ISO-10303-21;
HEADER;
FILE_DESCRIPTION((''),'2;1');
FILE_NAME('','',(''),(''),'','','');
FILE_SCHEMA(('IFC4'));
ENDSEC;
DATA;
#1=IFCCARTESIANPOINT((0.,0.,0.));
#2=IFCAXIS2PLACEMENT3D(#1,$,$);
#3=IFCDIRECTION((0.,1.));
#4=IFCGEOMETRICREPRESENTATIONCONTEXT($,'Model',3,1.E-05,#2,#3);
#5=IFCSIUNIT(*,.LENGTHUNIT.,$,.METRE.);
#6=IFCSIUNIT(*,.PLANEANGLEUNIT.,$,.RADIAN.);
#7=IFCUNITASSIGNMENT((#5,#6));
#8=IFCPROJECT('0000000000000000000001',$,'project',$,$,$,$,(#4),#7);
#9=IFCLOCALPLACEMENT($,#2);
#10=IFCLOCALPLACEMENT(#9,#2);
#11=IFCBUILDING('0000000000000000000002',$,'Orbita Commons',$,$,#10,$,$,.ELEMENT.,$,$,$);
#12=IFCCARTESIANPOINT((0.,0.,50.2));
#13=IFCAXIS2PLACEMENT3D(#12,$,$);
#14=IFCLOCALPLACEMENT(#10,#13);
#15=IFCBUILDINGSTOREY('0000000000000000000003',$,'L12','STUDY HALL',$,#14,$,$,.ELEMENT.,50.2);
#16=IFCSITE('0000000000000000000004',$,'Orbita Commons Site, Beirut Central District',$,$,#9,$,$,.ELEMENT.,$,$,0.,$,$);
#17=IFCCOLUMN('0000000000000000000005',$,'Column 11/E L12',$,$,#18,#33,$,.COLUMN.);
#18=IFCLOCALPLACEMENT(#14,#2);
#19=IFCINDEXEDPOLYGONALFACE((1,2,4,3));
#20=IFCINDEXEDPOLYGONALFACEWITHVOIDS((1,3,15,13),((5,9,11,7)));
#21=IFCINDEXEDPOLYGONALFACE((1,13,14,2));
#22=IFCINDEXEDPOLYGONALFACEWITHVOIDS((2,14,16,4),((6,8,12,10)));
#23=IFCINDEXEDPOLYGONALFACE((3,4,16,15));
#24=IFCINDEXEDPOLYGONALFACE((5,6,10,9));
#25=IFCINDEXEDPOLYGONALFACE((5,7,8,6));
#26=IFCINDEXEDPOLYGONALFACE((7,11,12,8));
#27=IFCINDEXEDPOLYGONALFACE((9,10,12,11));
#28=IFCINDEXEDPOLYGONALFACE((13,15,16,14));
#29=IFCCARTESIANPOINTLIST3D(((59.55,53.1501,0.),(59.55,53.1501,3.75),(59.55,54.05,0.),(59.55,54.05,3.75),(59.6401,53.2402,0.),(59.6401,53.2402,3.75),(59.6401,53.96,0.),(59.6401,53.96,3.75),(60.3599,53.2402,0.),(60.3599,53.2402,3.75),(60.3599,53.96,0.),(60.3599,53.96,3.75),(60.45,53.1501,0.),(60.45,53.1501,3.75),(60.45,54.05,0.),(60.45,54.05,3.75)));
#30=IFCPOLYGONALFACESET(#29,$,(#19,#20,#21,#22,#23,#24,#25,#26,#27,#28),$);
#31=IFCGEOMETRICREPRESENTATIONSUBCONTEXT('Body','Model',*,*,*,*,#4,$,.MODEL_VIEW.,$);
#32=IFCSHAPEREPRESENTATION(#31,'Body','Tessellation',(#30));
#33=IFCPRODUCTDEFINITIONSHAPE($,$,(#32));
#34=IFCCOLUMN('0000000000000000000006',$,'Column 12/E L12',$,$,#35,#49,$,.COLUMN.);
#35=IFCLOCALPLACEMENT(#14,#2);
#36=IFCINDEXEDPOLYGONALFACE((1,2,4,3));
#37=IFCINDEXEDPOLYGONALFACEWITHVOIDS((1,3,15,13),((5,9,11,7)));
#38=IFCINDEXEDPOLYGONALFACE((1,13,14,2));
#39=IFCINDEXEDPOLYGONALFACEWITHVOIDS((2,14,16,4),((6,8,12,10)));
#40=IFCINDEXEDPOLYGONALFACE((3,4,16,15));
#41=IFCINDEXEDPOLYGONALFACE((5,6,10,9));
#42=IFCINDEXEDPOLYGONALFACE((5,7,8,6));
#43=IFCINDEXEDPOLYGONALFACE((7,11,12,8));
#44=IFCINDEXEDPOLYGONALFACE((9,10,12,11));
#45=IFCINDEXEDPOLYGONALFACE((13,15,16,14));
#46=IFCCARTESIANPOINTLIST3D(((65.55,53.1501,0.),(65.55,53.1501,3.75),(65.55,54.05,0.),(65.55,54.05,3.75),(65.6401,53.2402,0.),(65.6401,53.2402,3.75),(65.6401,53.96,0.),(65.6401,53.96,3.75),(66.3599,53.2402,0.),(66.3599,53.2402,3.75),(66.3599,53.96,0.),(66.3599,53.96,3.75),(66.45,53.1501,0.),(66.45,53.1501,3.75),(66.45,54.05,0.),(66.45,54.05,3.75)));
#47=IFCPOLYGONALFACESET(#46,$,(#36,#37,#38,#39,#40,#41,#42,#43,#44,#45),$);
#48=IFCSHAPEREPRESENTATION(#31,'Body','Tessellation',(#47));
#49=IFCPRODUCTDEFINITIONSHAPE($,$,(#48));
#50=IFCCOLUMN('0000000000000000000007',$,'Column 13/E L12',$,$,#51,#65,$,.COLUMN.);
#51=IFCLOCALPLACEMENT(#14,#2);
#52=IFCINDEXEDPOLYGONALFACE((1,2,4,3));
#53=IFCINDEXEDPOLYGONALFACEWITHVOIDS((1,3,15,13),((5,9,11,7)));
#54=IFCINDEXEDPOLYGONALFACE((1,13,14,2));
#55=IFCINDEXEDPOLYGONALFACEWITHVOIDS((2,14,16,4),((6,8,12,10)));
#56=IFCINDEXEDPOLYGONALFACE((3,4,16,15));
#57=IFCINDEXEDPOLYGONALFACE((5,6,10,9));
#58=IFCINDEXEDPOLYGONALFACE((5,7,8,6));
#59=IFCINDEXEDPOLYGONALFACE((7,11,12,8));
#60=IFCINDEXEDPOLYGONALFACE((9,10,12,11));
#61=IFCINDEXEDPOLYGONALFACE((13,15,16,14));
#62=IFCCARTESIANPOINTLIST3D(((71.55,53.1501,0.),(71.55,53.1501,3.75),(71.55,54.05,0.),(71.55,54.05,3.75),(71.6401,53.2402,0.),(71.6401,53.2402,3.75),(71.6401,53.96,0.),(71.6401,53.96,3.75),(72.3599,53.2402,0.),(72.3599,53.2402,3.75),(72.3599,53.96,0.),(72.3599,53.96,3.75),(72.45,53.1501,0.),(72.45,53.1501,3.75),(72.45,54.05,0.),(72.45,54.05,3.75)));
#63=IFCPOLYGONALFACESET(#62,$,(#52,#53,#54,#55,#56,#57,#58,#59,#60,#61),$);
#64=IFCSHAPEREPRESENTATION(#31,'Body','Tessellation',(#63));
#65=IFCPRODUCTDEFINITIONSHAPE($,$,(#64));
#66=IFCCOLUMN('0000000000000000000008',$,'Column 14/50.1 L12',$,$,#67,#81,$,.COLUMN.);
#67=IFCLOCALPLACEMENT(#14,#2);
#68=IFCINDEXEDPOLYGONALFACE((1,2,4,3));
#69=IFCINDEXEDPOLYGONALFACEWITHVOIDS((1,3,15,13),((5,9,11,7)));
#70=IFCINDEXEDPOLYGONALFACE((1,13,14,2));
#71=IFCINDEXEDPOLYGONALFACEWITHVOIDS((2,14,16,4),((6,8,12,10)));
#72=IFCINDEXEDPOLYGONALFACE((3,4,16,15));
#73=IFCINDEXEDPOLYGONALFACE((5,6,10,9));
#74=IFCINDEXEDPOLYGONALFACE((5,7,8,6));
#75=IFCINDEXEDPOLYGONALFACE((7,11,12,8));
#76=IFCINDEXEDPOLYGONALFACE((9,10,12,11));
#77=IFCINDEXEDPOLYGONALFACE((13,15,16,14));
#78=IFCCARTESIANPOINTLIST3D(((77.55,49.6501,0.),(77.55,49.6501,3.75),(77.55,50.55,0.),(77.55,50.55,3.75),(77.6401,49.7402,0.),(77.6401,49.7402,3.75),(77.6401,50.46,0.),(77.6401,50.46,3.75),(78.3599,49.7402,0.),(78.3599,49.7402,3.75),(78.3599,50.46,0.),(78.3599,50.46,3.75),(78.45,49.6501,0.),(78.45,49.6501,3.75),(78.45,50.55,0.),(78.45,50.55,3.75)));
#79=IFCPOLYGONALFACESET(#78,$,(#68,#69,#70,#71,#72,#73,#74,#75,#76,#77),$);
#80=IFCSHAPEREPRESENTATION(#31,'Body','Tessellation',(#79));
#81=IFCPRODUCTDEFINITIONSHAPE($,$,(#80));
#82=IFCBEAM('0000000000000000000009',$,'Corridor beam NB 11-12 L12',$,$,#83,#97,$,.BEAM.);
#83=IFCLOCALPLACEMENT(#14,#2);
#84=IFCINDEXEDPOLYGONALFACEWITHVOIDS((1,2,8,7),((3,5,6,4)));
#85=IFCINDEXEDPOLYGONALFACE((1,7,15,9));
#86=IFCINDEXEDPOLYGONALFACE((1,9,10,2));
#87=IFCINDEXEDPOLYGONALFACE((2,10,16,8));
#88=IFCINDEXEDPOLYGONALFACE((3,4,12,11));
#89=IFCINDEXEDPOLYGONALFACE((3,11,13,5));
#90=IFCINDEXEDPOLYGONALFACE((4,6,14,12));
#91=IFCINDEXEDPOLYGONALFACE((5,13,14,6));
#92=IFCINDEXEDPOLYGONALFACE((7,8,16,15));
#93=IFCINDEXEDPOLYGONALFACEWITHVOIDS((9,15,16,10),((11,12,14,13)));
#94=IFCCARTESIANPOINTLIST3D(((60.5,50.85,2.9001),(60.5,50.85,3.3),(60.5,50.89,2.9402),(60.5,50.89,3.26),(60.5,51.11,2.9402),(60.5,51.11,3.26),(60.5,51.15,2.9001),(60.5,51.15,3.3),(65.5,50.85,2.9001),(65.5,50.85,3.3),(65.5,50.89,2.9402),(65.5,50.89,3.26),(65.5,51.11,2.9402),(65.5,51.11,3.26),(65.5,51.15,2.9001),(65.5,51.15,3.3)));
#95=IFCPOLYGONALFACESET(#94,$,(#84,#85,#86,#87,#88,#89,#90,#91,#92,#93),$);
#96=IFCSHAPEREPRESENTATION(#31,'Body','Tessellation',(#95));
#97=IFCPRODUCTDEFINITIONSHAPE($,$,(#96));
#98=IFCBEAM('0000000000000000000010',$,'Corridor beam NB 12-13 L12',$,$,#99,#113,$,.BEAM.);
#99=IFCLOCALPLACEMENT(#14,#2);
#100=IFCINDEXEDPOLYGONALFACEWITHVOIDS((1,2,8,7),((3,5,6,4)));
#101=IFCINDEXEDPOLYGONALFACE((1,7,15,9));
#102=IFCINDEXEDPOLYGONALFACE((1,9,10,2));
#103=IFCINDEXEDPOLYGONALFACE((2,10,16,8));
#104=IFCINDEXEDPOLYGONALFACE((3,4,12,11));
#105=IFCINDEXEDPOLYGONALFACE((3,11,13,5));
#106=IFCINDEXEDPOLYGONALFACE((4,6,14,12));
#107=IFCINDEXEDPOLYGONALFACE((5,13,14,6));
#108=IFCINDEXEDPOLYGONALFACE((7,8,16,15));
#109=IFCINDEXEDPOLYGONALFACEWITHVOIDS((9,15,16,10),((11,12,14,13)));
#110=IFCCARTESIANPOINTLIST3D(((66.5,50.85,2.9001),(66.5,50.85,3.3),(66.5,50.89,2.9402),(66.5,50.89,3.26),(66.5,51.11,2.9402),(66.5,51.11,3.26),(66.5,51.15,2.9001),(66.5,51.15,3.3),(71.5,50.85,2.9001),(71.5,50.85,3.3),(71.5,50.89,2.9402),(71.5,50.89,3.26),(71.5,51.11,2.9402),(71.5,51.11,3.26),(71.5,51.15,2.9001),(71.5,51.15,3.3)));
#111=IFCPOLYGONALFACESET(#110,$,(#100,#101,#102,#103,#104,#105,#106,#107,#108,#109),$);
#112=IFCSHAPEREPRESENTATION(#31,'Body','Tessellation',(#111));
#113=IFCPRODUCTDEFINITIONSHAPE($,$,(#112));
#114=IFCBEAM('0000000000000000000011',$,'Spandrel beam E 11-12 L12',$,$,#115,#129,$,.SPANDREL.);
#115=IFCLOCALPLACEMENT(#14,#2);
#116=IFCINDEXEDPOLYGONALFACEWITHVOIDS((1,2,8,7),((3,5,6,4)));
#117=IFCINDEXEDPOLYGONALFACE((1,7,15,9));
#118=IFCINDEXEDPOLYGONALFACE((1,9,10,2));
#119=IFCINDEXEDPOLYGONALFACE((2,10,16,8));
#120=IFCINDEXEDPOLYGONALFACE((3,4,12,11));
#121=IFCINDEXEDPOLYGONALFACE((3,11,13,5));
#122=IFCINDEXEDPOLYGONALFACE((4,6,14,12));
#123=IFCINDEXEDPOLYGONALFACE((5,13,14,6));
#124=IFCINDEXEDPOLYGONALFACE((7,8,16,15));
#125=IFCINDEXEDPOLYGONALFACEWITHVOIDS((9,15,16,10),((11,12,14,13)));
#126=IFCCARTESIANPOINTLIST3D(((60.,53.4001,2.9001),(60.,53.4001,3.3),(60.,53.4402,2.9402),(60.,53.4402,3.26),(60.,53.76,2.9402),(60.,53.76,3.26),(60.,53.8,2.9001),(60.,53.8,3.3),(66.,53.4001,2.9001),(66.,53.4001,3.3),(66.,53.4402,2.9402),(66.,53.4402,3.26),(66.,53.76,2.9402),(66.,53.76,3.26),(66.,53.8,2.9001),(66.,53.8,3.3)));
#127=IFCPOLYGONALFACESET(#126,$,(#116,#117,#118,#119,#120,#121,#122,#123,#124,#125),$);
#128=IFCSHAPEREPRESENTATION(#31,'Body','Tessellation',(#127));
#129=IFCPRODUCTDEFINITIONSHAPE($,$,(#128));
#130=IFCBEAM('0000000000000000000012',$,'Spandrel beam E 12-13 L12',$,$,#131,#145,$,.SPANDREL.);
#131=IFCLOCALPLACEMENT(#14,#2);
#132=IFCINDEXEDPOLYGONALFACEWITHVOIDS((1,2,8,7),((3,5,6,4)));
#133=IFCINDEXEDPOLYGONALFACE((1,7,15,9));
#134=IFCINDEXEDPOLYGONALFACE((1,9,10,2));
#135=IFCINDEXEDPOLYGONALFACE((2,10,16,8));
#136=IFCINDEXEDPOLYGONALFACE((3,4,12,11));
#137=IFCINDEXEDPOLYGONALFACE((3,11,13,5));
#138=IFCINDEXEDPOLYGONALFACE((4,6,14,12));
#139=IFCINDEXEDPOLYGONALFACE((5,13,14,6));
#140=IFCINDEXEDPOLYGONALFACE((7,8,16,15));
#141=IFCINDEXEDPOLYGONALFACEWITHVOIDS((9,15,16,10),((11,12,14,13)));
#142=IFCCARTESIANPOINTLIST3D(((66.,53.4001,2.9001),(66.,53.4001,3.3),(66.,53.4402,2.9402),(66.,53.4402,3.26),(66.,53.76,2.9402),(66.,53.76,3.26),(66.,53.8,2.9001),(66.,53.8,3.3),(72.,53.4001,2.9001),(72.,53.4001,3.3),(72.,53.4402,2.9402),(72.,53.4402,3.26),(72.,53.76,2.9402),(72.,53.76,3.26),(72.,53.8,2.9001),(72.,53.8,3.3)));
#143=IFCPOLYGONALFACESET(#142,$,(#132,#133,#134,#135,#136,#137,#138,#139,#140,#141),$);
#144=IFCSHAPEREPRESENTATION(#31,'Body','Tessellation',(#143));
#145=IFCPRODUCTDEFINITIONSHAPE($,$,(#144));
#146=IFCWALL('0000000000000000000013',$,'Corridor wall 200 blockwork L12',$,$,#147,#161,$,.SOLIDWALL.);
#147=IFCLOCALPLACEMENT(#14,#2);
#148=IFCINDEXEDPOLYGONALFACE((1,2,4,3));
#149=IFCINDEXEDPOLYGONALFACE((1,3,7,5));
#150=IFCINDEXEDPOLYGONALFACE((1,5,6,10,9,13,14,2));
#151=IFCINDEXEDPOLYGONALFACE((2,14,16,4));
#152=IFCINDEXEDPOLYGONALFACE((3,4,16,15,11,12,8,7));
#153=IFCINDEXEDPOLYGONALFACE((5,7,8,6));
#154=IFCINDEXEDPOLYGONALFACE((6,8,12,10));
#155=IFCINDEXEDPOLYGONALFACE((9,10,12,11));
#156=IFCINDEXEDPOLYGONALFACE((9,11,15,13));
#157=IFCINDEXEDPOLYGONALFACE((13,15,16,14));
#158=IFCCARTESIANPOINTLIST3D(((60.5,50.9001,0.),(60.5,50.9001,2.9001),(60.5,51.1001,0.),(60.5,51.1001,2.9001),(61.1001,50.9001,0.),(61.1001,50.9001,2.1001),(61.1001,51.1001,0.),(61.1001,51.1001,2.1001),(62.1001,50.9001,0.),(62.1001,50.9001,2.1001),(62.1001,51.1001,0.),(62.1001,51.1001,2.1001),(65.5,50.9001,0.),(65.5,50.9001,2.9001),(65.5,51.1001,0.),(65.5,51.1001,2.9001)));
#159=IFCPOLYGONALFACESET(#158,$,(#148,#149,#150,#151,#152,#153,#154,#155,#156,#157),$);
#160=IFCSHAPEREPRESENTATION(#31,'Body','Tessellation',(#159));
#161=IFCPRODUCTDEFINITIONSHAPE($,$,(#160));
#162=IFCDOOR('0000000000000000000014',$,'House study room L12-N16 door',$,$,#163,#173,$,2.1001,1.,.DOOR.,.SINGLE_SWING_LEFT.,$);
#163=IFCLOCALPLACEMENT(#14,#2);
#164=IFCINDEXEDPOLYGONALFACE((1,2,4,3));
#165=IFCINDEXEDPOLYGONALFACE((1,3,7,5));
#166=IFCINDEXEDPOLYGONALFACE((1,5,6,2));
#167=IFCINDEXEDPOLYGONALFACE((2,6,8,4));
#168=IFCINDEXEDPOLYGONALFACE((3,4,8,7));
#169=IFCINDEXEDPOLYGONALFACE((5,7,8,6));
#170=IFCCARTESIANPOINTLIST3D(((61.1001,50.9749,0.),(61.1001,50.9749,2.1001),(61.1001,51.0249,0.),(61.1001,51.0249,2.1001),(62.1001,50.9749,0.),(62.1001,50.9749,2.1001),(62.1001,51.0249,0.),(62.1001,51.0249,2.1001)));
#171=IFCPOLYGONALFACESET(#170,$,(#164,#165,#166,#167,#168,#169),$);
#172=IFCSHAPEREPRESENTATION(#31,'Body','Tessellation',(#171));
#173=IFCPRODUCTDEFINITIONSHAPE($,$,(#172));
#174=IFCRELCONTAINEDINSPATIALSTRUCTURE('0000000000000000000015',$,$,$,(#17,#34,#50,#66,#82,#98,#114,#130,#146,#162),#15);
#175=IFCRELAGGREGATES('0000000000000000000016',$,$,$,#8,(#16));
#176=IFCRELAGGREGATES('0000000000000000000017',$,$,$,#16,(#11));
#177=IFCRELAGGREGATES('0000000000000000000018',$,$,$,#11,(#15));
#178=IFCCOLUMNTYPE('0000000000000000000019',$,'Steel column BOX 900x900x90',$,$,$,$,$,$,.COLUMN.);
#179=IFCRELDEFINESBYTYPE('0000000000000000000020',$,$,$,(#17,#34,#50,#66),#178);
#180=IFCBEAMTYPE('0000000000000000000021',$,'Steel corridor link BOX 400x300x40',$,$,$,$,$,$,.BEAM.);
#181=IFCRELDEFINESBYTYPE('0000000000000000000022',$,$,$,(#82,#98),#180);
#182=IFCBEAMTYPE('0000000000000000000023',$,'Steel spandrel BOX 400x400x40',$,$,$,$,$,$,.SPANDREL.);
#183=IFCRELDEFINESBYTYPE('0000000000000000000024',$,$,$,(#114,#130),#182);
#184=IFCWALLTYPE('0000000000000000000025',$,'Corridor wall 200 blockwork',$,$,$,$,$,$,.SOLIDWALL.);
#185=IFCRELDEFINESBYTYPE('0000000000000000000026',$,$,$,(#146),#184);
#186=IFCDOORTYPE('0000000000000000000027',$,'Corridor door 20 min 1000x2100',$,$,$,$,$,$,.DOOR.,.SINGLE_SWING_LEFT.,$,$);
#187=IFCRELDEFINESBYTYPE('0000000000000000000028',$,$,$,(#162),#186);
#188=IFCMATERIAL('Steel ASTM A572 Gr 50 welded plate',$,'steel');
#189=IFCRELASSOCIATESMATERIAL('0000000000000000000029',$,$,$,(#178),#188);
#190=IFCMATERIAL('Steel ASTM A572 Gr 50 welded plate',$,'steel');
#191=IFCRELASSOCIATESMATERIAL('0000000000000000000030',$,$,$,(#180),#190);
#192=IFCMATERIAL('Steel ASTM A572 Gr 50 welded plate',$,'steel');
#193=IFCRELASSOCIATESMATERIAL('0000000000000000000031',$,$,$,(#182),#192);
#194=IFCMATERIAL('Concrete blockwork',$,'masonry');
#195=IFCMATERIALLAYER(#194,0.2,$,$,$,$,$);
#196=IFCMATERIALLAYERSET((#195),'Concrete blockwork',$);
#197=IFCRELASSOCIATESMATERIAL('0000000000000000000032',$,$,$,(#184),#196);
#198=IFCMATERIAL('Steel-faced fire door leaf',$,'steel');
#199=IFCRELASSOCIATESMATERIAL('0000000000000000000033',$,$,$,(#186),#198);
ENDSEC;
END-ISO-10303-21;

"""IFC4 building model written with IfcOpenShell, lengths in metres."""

from ifc_helpers import new_model, si_unit, direction, frame, frame_2d, origin, origin_2d, place, context, subcontext, project, spatial, polyline, rectangle, hollow_rectangle, outline, extrude, material, layer, layer_set, material_profile, profile_set, type_object, element, fill, save


model = new_model("IFC4")

# Units and contexts
model_context = context("Model", 3, precision=1e-05, world=origin(), true_north=direction((0.0, 1.0)))
body_context = subcontext(model_context, "Body", "Model", "MODEL_VIEW")
ifc_project = project(units=[si_unit("LENGTHUNIT", "METRE"), si_unit("PLANEANGLEUNIT", "RADIAN")], contexts=[model_context])

# Site, building, storey
site_placement = place(None, origin())
site = spatial("IfcSite", under=ifc_project, at=site_placement, Name="Orbita Commons Site, Beirut Central District", CompositionType="ELEMENT", RefElevation=0.0)
building_placement = place(site_placement, origin())
building = spatial("IfcBuilding", under=site, at=building_placement, Name="Orbita Commons", CompositionType="ELEMENT")
storey_placement = place(building_placement, frame((0.0, 0.0, 50.2)))
storey = spatial("IfcBuildingStorey", under=building, at=storey_placement, Name="L12", Description="STUDY HALL", CompositionType="ELEMENT", Elevation=50.2)

# Columns
ifc_material_1 = material(Name="Steel ASTM A572 Gr 50 welded plate", Category="steel")
ifc_material_profile_1 = material_profile(ifc_material_1, hollow_rectangle(XDim=0.8999, YDim=0.8999, WallThickness=0.0901, at=origin_2d()), Name="BOX 900x900x90")
ifc_profile_set_1 = profile_set([ifc_material_profile_1], Name="Steel ASTM A572 Gr 50 welded plate")
column_type = type_object("IfcColumnType", Name="Steel column BOX 900x900x90", PredefinedType="COLUMN", material=ifc_profile_set_1)
for number, where, z_axis, x_axis, name in (
    (1, (60.0, 53.6001, 0.0), (0.0, 0.0, 1.0), (1.0, 0.0, 0.0), "Column 11/E L12"),
    (2, (66.0, 53.6001, 0.0), (0.0, 0.0, 1.0), (1.0, 0.0, 0.0), "Column 12/E L12"),
    (3, (72.0, 53.6001, 0.0), (0.0, 0.0, 1.0), (1.0, 0.0, 0.0), "Column 13/E L12"),
    (4, (78.0, 50.1001, 0.0), (0.0, 0.0, 1.0), (1.0, 0.0, 0.0), "Column 14/50.1 L12"),
):
    element("IfcColumn", number, at=place(storey_placement, frame(where, z_axis=z_axis, x_axis=x_axis)), inside=storey, type_object=column_type, Name=name, PredefinedType="COLUMN", context=body_context, shape_type="SweptSolid", body=[
        extrude(hollow_rectangle(XDim=0.8999, YDim=0.8999, WallThickness=0.0901, at=origin_2d()), origin(), (0.0, 0.0, 1.0), 3.75),
    ])

# Beams
ifc_material_2 = material(Name="Steel ASTM A572 Gr 50 welded plate", Category="steel")
ifc_material_profile_2 = material_profile(ifc_material_2, hollow_rectangle(XDim=0.3, YDim=0.3999, WallThickness=0.04, at=origin_2d()), Name="BOX 400x300x40")
ifc_profile_set_2 = profile_set([ifc_material_profile_2], Name="Steel ASTM A572 Gr 50 welded plate")
beam_type_1 = type_object("IfcBeamType", Name="Steel corridor link BOX 400x300x40", PredefinedType="BEAM", material=ifc_profile_set_2)
for number, where, z_axis, x_axis, name in (
    (5, (60.5, 51.0, 3.1001), (1.0, 0.0, 0.0), (0.0, 1.0, 0.0), "Corridor beam NB 11-12 L12"),
    (6, (66.5, 51.0, 3.1001), (1.0, 0.0, 0.0), (0.0, 1.0, 0.0), "Corridor beam NB 12-13 L12"),
):
    element("IfcBeam", number, at=place(storey_placement, frame(where, z_axis=z_axis, x_axis=x_axis)), inside=storey, type_object=beam_type_1, Name=name, PredefinedType="BEAM", context=body_context, shape_type="SweptSolid", body=[
        extrude(hollow_rectangle(XDim=0.3, YDim=0.3999, WallThickness=0.04, at=origin_2d()), origin(), (0.0, 0.0, 1.0), 5.0),
    ])
ifc_material_3 = material(Name="Steel ASTM A572 Gr 50 welded plate", Category="steel")
ifc_material_profile_3 = material_profile(ifc_material_3, hollow_rectangle(XDim=0.3999, YDim=0.3999, WallThickness=0.04, at=origin_2d()), Name="BOX 400x400x40")
ifc_profile_set_3 = profile_set([ifc_material_profile_3], Name="Steel ASTM A572 Gr 50 welded plate")
beam_type_2 = type_object("IfcBeamType", Name="Steel spandrel BOX 400x400x40", PredefinedType="SPANDREL", material=ifc_profile_set_3)
for number, where, z_axis, x_axis, name in (
    (7, (60.0, 53.6001, 3.1001), (1.0, 0.0, 0.0), (0.0, 1.0, 0.0), "Spandrel beam E 11-12 L12"),
    (8, (66.0, 53.6001, 3.1001), (1.0, 0.0, 0.0), (0.0, 1.0, 0.0), "Spandrel beam E 12-13 L12"),
):
    element("IfcBeam", number, at=place(storey_placement, frame(where, z_axis=z_axis, x_axis=x_axis)), inside=storey, type_object=beam_type_2, Name=name, PredefinedType="SPANDREL", context=body_context, shape_type="SweptSolid", body=[
        extrude(hollow_rectangle(XDim=0.3999, YDim=0.3999, WallThickness=0.04, at=origin_2d()), origin(), (0.0, 0.0, 1.0), 6.0),
    ])

# Wall, opening, door
ifc_material_4 = material(Name="Concrete blockwork", Category="masonry")
ifc_layer_1 = layer(ifc_material_4, 0.2)
ifc_layer_set_1 = layer_set([ifc_layer_1], Name="Concrete blockwork")
wall_type_1 = type_object("IfcWallType", Name="Corridor wall 200 blockwork", PredefinedType="SOLIDWALL", material=ifc_layer_set_1)
wall_1_placement = place(storey_placement, frame((60.5, 51.0, 0.0), z_axis=(0.0, 0.0, 1.0), x_axis=(1.0, 0.0, 0.0)))
wall_1 = element("IfcWall", 9, at=wall_1_placement, inside=storey, type_object=wall_type_1, Name="Corridor wall 200 blockwork L12", PredefinedType="SOLIDWALL", context=body_context, shape_type="SweptSolid", body=[
    extrude(outline(polyline([(0.0, 0.0), (5.0, 0.0), (5.0, 2.9001), (0.0, 2.9001), (0.0, 0.0)])), frame((0.0, 0.1001, 0.0), z_axis=(0.0, -1.0, 0.0), x_axis=(1.0, 0.0, 0.0)), (0.0, 0.0, 1.0), 0.2),
])
opening_1_placement = place(wall_1_placement, frame((0.6001, 0.0, 0.0)))
opening_1 = element("IfcOpeningElement", 10, at=opening_1_placement, cuts=wall_1, PredefinedType="OPENING", context=body_context, shape_type="SweptSolid", body=[
    extrude(rectangle(XDim=1.0, YDim=2.1001, at=frame_2d((0.5, 1.05))), frame((0.0, 0.1099, 0.0), z_axis=(0.0, -1.0, 0.0), x_axis=(1.0, 0.0, 0.0)), (0.0, 0.0, 1.0), 0.22),
])
ifc_material_5 = material(Name="Steel-faced fire door leaf", Category="steel")
door_type_1 = type_object("IfcDoorType", Name="Corridor door 20 min 1000x2100", OperationType="SINGLE_SWING_LEFT", PredefinedType="DOOR", material=ifc_material_5)
door_1_placement = place(opening_1_placement, origin())
door_1 = element("IfcDoor", 11, at=door_1_placement, inside=storey, type_object=door_type_1, Name="House study room L12-N16 door", OperationType="SINGLE_SWING_LEFT", OverallHeight=2.1001, OverallWidth=1.0, PredefinedType="DOOR", context=body_context, shape_type="SweptSolid", body=[
    extrude(rectangle(XDim=1.0, YDim=2.1001, at=frame_2d((0.5, 1.05))), frame((0.0, 0.0249, 0.0), z_axis=(0.0, -1.0, 0.0), x_axis=(1.0, 0.0, 0.0)), (0.0, 0.0, 1.0), 0.05),
])
fill(opening_1, door_1)

save(model, "model.ifc")
